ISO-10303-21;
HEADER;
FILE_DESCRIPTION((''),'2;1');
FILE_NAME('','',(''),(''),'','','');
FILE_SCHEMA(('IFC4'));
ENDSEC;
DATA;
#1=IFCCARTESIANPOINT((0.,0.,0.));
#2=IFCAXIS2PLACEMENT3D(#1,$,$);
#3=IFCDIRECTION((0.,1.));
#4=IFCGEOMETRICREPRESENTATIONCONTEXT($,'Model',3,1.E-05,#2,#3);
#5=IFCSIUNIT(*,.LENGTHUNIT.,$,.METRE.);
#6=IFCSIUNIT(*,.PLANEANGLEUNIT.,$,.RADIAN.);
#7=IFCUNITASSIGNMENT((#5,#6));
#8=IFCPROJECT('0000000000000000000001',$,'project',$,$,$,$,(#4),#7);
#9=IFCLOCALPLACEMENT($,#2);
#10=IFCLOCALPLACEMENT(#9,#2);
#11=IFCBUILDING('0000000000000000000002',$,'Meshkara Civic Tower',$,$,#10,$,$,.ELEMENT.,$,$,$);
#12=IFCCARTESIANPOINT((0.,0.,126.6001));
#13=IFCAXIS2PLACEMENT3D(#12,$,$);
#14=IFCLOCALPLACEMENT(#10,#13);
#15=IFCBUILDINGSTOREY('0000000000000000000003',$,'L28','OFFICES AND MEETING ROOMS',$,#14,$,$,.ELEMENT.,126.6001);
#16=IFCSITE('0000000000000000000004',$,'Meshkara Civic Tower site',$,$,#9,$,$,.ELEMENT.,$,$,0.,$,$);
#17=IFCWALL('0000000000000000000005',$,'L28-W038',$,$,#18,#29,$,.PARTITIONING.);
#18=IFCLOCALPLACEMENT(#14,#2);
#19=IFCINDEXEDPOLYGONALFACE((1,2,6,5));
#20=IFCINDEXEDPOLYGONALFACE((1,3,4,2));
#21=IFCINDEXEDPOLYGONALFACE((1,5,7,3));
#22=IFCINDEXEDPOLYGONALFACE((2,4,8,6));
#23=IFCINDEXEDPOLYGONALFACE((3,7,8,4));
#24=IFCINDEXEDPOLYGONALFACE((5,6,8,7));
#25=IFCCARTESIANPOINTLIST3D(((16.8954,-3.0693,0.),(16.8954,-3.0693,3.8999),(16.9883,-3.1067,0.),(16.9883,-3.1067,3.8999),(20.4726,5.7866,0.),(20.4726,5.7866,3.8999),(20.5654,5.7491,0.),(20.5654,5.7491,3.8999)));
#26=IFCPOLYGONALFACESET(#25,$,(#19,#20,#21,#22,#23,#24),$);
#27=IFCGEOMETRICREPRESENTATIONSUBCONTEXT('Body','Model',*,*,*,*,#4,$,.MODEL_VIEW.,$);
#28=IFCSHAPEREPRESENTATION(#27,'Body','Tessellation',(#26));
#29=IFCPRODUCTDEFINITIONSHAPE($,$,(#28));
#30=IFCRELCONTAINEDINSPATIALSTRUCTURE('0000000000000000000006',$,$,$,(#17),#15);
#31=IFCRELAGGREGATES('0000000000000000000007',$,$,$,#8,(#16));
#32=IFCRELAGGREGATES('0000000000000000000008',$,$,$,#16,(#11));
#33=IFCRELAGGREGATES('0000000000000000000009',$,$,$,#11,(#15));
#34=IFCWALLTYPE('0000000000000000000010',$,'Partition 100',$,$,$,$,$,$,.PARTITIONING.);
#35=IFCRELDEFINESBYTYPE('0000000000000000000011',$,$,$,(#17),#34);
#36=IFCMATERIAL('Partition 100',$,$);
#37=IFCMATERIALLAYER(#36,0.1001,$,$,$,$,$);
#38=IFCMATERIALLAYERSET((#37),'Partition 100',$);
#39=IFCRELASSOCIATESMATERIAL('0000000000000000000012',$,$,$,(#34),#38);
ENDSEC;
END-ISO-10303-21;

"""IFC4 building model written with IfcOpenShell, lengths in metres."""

from ifc_helpers import new_model, si_unit, direction, frame, frame_2d, origin, place, context, subcontext, project, spatial, rectangle, extrude, material, layer, layer_set, type_object, element, save


model = new_model("IFC4")

# Units and contexts
model_context = context("Model", 3, precision=1e-05, world=origin(), true_north=direction((0.0, 1.0)))
body_context = subcontext(model_context, "Body", "Model", "MODEL_VIEW")
ifc_project = project(units=[si_unit("LENGTHUNIT", "METRE"), si_unit("PLANEANGLEUNIT", "RADIAN")], contexts=[model_context])

# Site, building, storey
site_placement = place(None, origin())
site = spatial("IfcSite", under=ifc_project, at=site_placement, Name="Meshkara Civic Tower site", CompositionType="ELEMENT", RefElevation=0.0)
building_placement = place(site_placement, origin())
building = spatial("IfcBuilding", under=site, at=building_placement, Name="Meshkara Civic Tower", CompositionType="ELEMENT")
storey_placement = place(building_placement, frame((0.0, 0.0, 126.6001)))
storey = spatial("IfcBuildingStorey", under=building, at=storey_placement, Name="L28", Description="OFFICES AND MEETING ROOMS", CompositionType="ELEMENT", Elevation=126.6001)

# Wall
ifc_material_1 = material(Name="Partition 100")
ifc_layer_1 = layer(ifc_material_1, 0.1001)
ifc_layer_set_1 = layer_set([ifc_layer_1], Name="Partition 100")
wall_type_1 = type_object("IfcWallType", Name="Partition 100", PredefinedType="PARTITIONING", material=ifc_layer_set_1)
wall_1_placement = place(storey_placement, frame((16.9419, -3.0879, 0.0), z_axis=(0.0, 0.0, 1.0), x_axis=(0.374526, 0.927216, 0.0)))
element("IfcWall", 1, at=wall_1_placement, inside=storey, type_object=wall_type_1, Name="L28-W038", PredefinedType="PARTITIONING", context=body_context, shape_type="SweptSolid", body=[
    extrude(rectangle(XDim=9.551, YDim=0.1001, at=frame_2d((4.7754, 0.0))), origin(), (0.0, 0.0, 1.0), 3.8999),
])

save(model, "model.ifc")
